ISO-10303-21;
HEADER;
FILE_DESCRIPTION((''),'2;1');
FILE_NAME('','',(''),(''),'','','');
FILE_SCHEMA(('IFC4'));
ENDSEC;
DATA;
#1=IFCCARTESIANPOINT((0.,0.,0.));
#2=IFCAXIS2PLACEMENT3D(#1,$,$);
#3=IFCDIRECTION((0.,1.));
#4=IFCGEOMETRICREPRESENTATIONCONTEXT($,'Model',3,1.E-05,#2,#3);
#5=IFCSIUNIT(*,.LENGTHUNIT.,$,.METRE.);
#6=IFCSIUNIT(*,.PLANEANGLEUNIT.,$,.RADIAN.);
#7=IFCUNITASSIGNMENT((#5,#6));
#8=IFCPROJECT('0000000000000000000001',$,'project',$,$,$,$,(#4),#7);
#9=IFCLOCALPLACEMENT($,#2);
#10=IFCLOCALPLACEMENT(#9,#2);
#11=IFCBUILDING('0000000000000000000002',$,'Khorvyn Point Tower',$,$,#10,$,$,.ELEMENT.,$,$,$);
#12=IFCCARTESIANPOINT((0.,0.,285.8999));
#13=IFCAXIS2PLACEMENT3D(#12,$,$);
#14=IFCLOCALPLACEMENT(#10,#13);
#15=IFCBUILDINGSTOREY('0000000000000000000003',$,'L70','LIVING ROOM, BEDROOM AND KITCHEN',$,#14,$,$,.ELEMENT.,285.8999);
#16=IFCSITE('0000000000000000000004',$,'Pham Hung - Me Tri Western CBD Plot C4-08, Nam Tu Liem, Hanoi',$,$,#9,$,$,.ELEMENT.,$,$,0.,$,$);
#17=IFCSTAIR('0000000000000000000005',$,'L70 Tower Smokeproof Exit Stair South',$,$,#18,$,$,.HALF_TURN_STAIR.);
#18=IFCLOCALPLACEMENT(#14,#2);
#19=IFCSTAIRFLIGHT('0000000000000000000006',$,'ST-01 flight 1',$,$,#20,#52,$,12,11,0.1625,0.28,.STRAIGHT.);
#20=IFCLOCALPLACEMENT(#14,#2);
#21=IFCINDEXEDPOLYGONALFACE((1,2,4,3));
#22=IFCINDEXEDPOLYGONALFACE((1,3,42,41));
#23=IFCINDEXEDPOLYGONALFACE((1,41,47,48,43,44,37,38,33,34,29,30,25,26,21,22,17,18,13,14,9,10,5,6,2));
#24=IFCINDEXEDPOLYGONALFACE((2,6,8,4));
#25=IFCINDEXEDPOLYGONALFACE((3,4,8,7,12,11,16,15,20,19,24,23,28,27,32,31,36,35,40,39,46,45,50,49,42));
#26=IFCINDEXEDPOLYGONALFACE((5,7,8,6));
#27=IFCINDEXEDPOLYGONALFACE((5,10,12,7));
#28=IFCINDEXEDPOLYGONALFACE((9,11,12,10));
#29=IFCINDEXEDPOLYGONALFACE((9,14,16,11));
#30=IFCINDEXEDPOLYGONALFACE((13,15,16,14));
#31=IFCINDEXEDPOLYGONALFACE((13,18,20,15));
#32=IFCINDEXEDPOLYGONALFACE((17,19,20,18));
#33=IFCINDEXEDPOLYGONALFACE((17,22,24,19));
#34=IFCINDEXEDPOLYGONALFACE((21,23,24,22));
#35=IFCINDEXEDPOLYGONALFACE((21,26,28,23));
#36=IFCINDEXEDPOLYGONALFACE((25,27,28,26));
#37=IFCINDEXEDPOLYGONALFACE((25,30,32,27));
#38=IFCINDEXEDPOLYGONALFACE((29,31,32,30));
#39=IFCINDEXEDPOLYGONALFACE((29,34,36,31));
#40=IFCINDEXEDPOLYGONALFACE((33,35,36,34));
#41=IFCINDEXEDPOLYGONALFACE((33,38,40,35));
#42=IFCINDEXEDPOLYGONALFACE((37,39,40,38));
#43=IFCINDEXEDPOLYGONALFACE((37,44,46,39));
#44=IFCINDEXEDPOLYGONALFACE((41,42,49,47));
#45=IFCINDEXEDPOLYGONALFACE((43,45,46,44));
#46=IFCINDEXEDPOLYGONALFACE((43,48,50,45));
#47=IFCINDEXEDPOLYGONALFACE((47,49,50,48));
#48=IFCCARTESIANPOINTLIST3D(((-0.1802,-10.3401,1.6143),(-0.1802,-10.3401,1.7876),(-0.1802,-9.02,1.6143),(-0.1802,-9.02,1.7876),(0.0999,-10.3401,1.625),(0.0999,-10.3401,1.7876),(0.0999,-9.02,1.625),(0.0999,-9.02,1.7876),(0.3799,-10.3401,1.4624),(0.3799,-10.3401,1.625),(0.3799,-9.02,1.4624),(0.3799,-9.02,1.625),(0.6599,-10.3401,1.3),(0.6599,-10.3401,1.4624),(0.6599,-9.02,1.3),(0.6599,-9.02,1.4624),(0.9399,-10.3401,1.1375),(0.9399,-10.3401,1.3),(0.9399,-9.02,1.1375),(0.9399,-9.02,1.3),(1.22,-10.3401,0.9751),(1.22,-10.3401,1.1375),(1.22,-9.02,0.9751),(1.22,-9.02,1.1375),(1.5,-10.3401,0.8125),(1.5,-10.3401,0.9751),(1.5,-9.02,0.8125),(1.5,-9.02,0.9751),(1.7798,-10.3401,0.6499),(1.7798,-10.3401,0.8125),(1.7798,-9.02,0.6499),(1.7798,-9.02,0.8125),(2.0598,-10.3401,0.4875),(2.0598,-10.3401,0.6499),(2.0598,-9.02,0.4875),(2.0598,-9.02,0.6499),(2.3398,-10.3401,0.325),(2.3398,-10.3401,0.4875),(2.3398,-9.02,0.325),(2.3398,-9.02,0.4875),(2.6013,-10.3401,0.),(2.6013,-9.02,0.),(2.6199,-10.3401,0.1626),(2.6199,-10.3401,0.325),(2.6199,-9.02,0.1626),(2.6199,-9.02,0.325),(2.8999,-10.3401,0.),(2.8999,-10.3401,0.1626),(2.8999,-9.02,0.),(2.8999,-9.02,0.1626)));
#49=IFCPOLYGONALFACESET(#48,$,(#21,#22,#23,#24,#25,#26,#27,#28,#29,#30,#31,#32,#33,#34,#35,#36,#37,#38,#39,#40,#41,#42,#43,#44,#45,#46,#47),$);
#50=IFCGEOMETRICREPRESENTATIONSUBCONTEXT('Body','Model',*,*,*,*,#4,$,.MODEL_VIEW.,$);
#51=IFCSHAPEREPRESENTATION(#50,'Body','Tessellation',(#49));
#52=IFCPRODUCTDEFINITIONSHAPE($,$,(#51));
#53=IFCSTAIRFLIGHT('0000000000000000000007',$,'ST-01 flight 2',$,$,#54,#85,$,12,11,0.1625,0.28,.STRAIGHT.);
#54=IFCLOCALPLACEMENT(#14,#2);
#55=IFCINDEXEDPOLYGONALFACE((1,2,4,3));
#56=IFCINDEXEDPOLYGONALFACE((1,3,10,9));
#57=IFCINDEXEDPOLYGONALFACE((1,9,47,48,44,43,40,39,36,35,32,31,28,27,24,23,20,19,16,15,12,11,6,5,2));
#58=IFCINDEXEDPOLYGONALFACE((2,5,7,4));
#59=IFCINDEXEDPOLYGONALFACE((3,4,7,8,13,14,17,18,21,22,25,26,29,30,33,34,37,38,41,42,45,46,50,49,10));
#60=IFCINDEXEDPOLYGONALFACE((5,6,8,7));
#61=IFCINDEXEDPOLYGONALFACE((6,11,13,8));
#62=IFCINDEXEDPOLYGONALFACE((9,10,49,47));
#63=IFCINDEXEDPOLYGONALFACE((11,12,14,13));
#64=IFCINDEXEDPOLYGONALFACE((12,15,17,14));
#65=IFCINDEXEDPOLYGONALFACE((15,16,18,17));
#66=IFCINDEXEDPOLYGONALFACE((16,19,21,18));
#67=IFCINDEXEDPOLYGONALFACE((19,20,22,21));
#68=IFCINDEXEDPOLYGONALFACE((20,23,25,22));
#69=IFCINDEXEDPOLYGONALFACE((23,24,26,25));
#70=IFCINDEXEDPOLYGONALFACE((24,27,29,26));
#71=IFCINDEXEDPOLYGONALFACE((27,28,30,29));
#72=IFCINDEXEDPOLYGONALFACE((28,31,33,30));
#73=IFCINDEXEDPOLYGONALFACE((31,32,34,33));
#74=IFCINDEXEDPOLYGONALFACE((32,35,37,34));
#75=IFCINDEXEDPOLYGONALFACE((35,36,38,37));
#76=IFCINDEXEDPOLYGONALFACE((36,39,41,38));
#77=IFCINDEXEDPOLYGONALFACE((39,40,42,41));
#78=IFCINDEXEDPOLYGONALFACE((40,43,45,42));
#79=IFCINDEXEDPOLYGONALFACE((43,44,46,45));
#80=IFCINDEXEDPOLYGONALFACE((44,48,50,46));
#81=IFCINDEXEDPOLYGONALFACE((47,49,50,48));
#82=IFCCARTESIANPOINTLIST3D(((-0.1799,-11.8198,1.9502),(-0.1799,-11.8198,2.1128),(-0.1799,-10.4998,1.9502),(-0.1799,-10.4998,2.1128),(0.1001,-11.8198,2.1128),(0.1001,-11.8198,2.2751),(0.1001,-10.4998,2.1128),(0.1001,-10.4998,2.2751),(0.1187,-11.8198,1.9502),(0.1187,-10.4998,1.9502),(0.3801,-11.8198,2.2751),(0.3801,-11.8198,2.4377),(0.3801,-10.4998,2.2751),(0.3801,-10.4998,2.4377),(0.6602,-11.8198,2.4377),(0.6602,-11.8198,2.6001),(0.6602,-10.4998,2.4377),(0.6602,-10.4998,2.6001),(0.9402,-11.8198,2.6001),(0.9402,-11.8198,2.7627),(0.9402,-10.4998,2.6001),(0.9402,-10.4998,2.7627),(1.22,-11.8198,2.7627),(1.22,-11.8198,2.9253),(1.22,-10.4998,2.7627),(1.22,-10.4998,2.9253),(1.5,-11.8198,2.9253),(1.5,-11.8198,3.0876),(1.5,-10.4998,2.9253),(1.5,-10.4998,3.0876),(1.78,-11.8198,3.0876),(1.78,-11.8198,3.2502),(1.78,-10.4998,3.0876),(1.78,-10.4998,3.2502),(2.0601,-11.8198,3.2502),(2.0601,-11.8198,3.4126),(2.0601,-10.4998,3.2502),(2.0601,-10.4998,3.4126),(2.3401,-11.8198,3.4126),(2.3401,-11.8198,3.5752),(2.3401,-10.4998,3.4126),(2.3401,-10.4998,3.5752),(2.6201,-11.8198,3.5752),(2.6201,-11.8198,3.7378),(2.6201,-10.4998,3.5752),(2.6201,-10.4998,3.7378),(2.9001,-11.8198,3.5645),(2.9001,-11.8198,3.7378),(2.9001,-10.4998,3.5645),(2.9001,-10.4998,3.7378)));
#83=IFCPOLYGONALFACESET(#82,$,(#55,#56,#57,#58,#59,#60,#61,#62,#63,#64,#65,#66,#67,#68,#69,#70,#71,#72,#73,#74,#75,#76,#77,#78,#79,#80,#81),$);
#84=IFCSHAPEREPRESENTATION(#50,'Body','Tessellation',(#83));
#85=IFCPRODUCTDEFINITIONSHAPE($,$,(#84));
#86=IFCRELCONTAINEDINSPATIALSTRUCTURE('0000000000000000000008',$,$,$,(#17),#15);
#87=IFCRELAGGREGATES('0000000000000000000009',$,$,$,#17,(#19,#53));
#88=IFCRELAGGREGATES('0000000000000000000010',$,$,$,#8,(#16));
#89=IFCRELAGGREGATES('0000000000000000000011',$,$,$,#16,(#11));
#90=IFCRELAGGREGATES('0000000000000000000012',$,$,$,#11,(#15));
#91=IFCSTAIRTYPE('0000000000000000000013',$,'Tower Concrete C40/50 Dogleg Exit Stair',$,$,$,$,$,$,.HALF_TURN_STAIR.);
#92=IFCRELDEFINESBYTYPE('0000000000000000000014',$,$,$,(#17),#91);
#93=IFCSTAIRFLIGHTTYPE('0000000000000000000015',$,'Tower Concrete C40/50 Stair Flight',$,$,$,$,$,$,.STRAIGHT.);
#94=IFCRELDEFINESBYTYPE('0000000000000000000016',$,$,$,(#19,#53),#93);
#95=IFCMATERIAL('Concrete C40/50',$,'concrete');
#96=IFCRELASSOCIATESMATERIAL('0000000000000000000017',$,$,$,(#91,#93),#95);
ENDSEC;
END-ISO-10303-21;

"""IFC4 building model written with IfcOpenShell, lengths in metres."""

from ifc_helpers import new_model, si_unit, direction, frame, origin, place, context, subcontext, project, spatial, polyline, outline, extrude, material, type_object, element, aggregate, save


model = new_model("IFC4")

# Units and contexts
model_context = context("Model", 3, precision=1e-05, world=origin(), true_north=direction((0.0, 1.0)))
body_context = subcontext(model_context, "Body", "Model", "MODEL_VIEW")
ifc_project = project(units=[si_unit("LENGTHUNIT", "METRE"), si_unit("PLANEANGLEUNIT", "RADIAN")], contexts=[model_context])

# Site, building, storey
site_placement = place(None, origin())
site = spatial("IfcSite", under=ifc_project, at=site_placement, Name="Pham Hung - Me Tri Western CBD Plot C4-08, Nam Tu Liem, Hanoi", CompositionType="ELEMENT", RefElevation=0.0)
building_placement = place(site_placement, origin())
building = spatial("IfcBuilding", under=site, at=building_placement, Name="Khorvyn Point Tower", CompositionType="ELEMENT")
storey_placement = place(building_placement, frame((0.0, 0.0, 285.8999)))
storey = spatial("IfcBuildingStorey", under=building, at=storey_placement, Name="L70", Description="LIVING ROOM, BEDROOM AND KITCHEN", CompositionType="ELEMENT", Elevation=285.8999)

# Shared definitions
ifc_material_1 = material(Name="Concrete C40/50", Category="concrete")

# Stair, stair flights
stair_type = type_object("IfcStairType", Name="Tower Concrete C40/50 Dogleg Exit Stair", PredefinedType="HALF_TURN_STAIR", material=ifc_material_1)
stair_placement = place(storey_placement, origin())
stair = element("IfcStair", 1, at=stair_placement, inside=storey, type_object=stair_type, Name="L70 Tower Smokeproof Exit Stair South", PredefinedType="HALF_TURN_STAIR")
stair_flight_type = type_object("IfcStairFlightType", Name="Tower Concrete C40/50 Stair Flight", PredefinedType="STRAIGHT", material=ifc_material_1)
stair_flight_1_placement = place(storey_placement, frame((2.8999, -9.6799, 0.0), z_axis=(0.0, 0.0, 1.0), x_axis=(-1.0, 0.0, 0.0)))
stair_flight_1 = element("IfcStairFlight", 2, at=stair_flight_1_placement, type_object=stair_flight_type, Name="ST-01 flight 1", NumberOfRisers=12, NumberOfTreads=11, PredefinedType="STRAIGHT", RiserHeight=0.1625, TreadLength=0.28, context=body_context, shape_type="SweptSolid", body=[
    extrude(outline(polyline([(0.0, 0.0), (0.0, 0.1626), (0.28, 0.1626), (0.28, 0.325), (0.5601, 0.325), (0.5601, 0.4875), (0.8401, 0.4875), (0.8401, 0.6499), (1.1201, 0.6499), (1.1201, 0.8125), (1.3999, 0.8125), (1.3999, 0.9751), (1.6799, 0.9751), (1.6799, 1.1375), (1.96, 1.1375), (1.96, 1.3), (2.24, 1.3), (2.24, 1.4624), (2.52, 1.4624), (2.52, 1.625), (2.8, 1.625), (2.8, 1.7876), (3.0801, 1.7876), (3.0801, 1.95), (3.0801, 1.6143), (0.2986, 0.0), (0.0, 0.0)])), frame((0.0, 0.6602, 0.0), z_axis=(0.0, -1.0, 0.0), x_axis=(1.0, 0.0, 0.0)), (0.0, 0.0, 1.0), 1.3201),
])
stair_flight_2_placement = place(storey_placement, frame((-0.1799, -11.1599, 1.9502), z_axis=(0.0, 0.0, 1.0), x_axis=(1.0, 0.0, 0.0)))
stair_flight_2 = element("IfcStairFlight", 3, at=stair_flight_2_placement, type_object=stair_flight_type, Name="ST-01 flight 2", NumberOfRisers=12, NumberOfTreads=11, PredefinedType="STRAIGHT", RiserHeight=0.1625, TreadLength=0.28, context=body_context, shape_type="SweptSolid", body=[
    extrude(outline(polyline([(0.0, 0.0), (0.0, 0.1626), (0.28, 0.1626), (0.28, 0.325), (0.5601, 0.325), (0.5601, 0.4875), (0.8401, 0.4875), (0.8401, 0.6499), (1.1201, 0.6499), (1.1201, 0.8125), (1.3999, 0.8125), (1.3999, 0.9751), (1.6799, 0.9751), (1.6799, 1.1375), (1.96, 1.1375), (1.96, 1.3), (2.24, 1.3), (2.24, 1.4624), (2.52, 1.4624), (2.52, 1.625), (2.8, 1.625), (2.8, 1.7876), (3.0801, 1.7876), (3.0801, 1.95), (3.0801, 1.6143), (0.2986, 0.0), (0.0, 0.0)])), frame((0.0, 0.6602, 0.0), z_axis=(0.0, -1.0, 0.0), x_axis=(1.0, 0.0, 0.0)), (0.0, 0.0, 1.0), 1.3201),
])
aggregate(stair, [stair_flight_1, stair_flight_2])

save(model, "model.ifc")
